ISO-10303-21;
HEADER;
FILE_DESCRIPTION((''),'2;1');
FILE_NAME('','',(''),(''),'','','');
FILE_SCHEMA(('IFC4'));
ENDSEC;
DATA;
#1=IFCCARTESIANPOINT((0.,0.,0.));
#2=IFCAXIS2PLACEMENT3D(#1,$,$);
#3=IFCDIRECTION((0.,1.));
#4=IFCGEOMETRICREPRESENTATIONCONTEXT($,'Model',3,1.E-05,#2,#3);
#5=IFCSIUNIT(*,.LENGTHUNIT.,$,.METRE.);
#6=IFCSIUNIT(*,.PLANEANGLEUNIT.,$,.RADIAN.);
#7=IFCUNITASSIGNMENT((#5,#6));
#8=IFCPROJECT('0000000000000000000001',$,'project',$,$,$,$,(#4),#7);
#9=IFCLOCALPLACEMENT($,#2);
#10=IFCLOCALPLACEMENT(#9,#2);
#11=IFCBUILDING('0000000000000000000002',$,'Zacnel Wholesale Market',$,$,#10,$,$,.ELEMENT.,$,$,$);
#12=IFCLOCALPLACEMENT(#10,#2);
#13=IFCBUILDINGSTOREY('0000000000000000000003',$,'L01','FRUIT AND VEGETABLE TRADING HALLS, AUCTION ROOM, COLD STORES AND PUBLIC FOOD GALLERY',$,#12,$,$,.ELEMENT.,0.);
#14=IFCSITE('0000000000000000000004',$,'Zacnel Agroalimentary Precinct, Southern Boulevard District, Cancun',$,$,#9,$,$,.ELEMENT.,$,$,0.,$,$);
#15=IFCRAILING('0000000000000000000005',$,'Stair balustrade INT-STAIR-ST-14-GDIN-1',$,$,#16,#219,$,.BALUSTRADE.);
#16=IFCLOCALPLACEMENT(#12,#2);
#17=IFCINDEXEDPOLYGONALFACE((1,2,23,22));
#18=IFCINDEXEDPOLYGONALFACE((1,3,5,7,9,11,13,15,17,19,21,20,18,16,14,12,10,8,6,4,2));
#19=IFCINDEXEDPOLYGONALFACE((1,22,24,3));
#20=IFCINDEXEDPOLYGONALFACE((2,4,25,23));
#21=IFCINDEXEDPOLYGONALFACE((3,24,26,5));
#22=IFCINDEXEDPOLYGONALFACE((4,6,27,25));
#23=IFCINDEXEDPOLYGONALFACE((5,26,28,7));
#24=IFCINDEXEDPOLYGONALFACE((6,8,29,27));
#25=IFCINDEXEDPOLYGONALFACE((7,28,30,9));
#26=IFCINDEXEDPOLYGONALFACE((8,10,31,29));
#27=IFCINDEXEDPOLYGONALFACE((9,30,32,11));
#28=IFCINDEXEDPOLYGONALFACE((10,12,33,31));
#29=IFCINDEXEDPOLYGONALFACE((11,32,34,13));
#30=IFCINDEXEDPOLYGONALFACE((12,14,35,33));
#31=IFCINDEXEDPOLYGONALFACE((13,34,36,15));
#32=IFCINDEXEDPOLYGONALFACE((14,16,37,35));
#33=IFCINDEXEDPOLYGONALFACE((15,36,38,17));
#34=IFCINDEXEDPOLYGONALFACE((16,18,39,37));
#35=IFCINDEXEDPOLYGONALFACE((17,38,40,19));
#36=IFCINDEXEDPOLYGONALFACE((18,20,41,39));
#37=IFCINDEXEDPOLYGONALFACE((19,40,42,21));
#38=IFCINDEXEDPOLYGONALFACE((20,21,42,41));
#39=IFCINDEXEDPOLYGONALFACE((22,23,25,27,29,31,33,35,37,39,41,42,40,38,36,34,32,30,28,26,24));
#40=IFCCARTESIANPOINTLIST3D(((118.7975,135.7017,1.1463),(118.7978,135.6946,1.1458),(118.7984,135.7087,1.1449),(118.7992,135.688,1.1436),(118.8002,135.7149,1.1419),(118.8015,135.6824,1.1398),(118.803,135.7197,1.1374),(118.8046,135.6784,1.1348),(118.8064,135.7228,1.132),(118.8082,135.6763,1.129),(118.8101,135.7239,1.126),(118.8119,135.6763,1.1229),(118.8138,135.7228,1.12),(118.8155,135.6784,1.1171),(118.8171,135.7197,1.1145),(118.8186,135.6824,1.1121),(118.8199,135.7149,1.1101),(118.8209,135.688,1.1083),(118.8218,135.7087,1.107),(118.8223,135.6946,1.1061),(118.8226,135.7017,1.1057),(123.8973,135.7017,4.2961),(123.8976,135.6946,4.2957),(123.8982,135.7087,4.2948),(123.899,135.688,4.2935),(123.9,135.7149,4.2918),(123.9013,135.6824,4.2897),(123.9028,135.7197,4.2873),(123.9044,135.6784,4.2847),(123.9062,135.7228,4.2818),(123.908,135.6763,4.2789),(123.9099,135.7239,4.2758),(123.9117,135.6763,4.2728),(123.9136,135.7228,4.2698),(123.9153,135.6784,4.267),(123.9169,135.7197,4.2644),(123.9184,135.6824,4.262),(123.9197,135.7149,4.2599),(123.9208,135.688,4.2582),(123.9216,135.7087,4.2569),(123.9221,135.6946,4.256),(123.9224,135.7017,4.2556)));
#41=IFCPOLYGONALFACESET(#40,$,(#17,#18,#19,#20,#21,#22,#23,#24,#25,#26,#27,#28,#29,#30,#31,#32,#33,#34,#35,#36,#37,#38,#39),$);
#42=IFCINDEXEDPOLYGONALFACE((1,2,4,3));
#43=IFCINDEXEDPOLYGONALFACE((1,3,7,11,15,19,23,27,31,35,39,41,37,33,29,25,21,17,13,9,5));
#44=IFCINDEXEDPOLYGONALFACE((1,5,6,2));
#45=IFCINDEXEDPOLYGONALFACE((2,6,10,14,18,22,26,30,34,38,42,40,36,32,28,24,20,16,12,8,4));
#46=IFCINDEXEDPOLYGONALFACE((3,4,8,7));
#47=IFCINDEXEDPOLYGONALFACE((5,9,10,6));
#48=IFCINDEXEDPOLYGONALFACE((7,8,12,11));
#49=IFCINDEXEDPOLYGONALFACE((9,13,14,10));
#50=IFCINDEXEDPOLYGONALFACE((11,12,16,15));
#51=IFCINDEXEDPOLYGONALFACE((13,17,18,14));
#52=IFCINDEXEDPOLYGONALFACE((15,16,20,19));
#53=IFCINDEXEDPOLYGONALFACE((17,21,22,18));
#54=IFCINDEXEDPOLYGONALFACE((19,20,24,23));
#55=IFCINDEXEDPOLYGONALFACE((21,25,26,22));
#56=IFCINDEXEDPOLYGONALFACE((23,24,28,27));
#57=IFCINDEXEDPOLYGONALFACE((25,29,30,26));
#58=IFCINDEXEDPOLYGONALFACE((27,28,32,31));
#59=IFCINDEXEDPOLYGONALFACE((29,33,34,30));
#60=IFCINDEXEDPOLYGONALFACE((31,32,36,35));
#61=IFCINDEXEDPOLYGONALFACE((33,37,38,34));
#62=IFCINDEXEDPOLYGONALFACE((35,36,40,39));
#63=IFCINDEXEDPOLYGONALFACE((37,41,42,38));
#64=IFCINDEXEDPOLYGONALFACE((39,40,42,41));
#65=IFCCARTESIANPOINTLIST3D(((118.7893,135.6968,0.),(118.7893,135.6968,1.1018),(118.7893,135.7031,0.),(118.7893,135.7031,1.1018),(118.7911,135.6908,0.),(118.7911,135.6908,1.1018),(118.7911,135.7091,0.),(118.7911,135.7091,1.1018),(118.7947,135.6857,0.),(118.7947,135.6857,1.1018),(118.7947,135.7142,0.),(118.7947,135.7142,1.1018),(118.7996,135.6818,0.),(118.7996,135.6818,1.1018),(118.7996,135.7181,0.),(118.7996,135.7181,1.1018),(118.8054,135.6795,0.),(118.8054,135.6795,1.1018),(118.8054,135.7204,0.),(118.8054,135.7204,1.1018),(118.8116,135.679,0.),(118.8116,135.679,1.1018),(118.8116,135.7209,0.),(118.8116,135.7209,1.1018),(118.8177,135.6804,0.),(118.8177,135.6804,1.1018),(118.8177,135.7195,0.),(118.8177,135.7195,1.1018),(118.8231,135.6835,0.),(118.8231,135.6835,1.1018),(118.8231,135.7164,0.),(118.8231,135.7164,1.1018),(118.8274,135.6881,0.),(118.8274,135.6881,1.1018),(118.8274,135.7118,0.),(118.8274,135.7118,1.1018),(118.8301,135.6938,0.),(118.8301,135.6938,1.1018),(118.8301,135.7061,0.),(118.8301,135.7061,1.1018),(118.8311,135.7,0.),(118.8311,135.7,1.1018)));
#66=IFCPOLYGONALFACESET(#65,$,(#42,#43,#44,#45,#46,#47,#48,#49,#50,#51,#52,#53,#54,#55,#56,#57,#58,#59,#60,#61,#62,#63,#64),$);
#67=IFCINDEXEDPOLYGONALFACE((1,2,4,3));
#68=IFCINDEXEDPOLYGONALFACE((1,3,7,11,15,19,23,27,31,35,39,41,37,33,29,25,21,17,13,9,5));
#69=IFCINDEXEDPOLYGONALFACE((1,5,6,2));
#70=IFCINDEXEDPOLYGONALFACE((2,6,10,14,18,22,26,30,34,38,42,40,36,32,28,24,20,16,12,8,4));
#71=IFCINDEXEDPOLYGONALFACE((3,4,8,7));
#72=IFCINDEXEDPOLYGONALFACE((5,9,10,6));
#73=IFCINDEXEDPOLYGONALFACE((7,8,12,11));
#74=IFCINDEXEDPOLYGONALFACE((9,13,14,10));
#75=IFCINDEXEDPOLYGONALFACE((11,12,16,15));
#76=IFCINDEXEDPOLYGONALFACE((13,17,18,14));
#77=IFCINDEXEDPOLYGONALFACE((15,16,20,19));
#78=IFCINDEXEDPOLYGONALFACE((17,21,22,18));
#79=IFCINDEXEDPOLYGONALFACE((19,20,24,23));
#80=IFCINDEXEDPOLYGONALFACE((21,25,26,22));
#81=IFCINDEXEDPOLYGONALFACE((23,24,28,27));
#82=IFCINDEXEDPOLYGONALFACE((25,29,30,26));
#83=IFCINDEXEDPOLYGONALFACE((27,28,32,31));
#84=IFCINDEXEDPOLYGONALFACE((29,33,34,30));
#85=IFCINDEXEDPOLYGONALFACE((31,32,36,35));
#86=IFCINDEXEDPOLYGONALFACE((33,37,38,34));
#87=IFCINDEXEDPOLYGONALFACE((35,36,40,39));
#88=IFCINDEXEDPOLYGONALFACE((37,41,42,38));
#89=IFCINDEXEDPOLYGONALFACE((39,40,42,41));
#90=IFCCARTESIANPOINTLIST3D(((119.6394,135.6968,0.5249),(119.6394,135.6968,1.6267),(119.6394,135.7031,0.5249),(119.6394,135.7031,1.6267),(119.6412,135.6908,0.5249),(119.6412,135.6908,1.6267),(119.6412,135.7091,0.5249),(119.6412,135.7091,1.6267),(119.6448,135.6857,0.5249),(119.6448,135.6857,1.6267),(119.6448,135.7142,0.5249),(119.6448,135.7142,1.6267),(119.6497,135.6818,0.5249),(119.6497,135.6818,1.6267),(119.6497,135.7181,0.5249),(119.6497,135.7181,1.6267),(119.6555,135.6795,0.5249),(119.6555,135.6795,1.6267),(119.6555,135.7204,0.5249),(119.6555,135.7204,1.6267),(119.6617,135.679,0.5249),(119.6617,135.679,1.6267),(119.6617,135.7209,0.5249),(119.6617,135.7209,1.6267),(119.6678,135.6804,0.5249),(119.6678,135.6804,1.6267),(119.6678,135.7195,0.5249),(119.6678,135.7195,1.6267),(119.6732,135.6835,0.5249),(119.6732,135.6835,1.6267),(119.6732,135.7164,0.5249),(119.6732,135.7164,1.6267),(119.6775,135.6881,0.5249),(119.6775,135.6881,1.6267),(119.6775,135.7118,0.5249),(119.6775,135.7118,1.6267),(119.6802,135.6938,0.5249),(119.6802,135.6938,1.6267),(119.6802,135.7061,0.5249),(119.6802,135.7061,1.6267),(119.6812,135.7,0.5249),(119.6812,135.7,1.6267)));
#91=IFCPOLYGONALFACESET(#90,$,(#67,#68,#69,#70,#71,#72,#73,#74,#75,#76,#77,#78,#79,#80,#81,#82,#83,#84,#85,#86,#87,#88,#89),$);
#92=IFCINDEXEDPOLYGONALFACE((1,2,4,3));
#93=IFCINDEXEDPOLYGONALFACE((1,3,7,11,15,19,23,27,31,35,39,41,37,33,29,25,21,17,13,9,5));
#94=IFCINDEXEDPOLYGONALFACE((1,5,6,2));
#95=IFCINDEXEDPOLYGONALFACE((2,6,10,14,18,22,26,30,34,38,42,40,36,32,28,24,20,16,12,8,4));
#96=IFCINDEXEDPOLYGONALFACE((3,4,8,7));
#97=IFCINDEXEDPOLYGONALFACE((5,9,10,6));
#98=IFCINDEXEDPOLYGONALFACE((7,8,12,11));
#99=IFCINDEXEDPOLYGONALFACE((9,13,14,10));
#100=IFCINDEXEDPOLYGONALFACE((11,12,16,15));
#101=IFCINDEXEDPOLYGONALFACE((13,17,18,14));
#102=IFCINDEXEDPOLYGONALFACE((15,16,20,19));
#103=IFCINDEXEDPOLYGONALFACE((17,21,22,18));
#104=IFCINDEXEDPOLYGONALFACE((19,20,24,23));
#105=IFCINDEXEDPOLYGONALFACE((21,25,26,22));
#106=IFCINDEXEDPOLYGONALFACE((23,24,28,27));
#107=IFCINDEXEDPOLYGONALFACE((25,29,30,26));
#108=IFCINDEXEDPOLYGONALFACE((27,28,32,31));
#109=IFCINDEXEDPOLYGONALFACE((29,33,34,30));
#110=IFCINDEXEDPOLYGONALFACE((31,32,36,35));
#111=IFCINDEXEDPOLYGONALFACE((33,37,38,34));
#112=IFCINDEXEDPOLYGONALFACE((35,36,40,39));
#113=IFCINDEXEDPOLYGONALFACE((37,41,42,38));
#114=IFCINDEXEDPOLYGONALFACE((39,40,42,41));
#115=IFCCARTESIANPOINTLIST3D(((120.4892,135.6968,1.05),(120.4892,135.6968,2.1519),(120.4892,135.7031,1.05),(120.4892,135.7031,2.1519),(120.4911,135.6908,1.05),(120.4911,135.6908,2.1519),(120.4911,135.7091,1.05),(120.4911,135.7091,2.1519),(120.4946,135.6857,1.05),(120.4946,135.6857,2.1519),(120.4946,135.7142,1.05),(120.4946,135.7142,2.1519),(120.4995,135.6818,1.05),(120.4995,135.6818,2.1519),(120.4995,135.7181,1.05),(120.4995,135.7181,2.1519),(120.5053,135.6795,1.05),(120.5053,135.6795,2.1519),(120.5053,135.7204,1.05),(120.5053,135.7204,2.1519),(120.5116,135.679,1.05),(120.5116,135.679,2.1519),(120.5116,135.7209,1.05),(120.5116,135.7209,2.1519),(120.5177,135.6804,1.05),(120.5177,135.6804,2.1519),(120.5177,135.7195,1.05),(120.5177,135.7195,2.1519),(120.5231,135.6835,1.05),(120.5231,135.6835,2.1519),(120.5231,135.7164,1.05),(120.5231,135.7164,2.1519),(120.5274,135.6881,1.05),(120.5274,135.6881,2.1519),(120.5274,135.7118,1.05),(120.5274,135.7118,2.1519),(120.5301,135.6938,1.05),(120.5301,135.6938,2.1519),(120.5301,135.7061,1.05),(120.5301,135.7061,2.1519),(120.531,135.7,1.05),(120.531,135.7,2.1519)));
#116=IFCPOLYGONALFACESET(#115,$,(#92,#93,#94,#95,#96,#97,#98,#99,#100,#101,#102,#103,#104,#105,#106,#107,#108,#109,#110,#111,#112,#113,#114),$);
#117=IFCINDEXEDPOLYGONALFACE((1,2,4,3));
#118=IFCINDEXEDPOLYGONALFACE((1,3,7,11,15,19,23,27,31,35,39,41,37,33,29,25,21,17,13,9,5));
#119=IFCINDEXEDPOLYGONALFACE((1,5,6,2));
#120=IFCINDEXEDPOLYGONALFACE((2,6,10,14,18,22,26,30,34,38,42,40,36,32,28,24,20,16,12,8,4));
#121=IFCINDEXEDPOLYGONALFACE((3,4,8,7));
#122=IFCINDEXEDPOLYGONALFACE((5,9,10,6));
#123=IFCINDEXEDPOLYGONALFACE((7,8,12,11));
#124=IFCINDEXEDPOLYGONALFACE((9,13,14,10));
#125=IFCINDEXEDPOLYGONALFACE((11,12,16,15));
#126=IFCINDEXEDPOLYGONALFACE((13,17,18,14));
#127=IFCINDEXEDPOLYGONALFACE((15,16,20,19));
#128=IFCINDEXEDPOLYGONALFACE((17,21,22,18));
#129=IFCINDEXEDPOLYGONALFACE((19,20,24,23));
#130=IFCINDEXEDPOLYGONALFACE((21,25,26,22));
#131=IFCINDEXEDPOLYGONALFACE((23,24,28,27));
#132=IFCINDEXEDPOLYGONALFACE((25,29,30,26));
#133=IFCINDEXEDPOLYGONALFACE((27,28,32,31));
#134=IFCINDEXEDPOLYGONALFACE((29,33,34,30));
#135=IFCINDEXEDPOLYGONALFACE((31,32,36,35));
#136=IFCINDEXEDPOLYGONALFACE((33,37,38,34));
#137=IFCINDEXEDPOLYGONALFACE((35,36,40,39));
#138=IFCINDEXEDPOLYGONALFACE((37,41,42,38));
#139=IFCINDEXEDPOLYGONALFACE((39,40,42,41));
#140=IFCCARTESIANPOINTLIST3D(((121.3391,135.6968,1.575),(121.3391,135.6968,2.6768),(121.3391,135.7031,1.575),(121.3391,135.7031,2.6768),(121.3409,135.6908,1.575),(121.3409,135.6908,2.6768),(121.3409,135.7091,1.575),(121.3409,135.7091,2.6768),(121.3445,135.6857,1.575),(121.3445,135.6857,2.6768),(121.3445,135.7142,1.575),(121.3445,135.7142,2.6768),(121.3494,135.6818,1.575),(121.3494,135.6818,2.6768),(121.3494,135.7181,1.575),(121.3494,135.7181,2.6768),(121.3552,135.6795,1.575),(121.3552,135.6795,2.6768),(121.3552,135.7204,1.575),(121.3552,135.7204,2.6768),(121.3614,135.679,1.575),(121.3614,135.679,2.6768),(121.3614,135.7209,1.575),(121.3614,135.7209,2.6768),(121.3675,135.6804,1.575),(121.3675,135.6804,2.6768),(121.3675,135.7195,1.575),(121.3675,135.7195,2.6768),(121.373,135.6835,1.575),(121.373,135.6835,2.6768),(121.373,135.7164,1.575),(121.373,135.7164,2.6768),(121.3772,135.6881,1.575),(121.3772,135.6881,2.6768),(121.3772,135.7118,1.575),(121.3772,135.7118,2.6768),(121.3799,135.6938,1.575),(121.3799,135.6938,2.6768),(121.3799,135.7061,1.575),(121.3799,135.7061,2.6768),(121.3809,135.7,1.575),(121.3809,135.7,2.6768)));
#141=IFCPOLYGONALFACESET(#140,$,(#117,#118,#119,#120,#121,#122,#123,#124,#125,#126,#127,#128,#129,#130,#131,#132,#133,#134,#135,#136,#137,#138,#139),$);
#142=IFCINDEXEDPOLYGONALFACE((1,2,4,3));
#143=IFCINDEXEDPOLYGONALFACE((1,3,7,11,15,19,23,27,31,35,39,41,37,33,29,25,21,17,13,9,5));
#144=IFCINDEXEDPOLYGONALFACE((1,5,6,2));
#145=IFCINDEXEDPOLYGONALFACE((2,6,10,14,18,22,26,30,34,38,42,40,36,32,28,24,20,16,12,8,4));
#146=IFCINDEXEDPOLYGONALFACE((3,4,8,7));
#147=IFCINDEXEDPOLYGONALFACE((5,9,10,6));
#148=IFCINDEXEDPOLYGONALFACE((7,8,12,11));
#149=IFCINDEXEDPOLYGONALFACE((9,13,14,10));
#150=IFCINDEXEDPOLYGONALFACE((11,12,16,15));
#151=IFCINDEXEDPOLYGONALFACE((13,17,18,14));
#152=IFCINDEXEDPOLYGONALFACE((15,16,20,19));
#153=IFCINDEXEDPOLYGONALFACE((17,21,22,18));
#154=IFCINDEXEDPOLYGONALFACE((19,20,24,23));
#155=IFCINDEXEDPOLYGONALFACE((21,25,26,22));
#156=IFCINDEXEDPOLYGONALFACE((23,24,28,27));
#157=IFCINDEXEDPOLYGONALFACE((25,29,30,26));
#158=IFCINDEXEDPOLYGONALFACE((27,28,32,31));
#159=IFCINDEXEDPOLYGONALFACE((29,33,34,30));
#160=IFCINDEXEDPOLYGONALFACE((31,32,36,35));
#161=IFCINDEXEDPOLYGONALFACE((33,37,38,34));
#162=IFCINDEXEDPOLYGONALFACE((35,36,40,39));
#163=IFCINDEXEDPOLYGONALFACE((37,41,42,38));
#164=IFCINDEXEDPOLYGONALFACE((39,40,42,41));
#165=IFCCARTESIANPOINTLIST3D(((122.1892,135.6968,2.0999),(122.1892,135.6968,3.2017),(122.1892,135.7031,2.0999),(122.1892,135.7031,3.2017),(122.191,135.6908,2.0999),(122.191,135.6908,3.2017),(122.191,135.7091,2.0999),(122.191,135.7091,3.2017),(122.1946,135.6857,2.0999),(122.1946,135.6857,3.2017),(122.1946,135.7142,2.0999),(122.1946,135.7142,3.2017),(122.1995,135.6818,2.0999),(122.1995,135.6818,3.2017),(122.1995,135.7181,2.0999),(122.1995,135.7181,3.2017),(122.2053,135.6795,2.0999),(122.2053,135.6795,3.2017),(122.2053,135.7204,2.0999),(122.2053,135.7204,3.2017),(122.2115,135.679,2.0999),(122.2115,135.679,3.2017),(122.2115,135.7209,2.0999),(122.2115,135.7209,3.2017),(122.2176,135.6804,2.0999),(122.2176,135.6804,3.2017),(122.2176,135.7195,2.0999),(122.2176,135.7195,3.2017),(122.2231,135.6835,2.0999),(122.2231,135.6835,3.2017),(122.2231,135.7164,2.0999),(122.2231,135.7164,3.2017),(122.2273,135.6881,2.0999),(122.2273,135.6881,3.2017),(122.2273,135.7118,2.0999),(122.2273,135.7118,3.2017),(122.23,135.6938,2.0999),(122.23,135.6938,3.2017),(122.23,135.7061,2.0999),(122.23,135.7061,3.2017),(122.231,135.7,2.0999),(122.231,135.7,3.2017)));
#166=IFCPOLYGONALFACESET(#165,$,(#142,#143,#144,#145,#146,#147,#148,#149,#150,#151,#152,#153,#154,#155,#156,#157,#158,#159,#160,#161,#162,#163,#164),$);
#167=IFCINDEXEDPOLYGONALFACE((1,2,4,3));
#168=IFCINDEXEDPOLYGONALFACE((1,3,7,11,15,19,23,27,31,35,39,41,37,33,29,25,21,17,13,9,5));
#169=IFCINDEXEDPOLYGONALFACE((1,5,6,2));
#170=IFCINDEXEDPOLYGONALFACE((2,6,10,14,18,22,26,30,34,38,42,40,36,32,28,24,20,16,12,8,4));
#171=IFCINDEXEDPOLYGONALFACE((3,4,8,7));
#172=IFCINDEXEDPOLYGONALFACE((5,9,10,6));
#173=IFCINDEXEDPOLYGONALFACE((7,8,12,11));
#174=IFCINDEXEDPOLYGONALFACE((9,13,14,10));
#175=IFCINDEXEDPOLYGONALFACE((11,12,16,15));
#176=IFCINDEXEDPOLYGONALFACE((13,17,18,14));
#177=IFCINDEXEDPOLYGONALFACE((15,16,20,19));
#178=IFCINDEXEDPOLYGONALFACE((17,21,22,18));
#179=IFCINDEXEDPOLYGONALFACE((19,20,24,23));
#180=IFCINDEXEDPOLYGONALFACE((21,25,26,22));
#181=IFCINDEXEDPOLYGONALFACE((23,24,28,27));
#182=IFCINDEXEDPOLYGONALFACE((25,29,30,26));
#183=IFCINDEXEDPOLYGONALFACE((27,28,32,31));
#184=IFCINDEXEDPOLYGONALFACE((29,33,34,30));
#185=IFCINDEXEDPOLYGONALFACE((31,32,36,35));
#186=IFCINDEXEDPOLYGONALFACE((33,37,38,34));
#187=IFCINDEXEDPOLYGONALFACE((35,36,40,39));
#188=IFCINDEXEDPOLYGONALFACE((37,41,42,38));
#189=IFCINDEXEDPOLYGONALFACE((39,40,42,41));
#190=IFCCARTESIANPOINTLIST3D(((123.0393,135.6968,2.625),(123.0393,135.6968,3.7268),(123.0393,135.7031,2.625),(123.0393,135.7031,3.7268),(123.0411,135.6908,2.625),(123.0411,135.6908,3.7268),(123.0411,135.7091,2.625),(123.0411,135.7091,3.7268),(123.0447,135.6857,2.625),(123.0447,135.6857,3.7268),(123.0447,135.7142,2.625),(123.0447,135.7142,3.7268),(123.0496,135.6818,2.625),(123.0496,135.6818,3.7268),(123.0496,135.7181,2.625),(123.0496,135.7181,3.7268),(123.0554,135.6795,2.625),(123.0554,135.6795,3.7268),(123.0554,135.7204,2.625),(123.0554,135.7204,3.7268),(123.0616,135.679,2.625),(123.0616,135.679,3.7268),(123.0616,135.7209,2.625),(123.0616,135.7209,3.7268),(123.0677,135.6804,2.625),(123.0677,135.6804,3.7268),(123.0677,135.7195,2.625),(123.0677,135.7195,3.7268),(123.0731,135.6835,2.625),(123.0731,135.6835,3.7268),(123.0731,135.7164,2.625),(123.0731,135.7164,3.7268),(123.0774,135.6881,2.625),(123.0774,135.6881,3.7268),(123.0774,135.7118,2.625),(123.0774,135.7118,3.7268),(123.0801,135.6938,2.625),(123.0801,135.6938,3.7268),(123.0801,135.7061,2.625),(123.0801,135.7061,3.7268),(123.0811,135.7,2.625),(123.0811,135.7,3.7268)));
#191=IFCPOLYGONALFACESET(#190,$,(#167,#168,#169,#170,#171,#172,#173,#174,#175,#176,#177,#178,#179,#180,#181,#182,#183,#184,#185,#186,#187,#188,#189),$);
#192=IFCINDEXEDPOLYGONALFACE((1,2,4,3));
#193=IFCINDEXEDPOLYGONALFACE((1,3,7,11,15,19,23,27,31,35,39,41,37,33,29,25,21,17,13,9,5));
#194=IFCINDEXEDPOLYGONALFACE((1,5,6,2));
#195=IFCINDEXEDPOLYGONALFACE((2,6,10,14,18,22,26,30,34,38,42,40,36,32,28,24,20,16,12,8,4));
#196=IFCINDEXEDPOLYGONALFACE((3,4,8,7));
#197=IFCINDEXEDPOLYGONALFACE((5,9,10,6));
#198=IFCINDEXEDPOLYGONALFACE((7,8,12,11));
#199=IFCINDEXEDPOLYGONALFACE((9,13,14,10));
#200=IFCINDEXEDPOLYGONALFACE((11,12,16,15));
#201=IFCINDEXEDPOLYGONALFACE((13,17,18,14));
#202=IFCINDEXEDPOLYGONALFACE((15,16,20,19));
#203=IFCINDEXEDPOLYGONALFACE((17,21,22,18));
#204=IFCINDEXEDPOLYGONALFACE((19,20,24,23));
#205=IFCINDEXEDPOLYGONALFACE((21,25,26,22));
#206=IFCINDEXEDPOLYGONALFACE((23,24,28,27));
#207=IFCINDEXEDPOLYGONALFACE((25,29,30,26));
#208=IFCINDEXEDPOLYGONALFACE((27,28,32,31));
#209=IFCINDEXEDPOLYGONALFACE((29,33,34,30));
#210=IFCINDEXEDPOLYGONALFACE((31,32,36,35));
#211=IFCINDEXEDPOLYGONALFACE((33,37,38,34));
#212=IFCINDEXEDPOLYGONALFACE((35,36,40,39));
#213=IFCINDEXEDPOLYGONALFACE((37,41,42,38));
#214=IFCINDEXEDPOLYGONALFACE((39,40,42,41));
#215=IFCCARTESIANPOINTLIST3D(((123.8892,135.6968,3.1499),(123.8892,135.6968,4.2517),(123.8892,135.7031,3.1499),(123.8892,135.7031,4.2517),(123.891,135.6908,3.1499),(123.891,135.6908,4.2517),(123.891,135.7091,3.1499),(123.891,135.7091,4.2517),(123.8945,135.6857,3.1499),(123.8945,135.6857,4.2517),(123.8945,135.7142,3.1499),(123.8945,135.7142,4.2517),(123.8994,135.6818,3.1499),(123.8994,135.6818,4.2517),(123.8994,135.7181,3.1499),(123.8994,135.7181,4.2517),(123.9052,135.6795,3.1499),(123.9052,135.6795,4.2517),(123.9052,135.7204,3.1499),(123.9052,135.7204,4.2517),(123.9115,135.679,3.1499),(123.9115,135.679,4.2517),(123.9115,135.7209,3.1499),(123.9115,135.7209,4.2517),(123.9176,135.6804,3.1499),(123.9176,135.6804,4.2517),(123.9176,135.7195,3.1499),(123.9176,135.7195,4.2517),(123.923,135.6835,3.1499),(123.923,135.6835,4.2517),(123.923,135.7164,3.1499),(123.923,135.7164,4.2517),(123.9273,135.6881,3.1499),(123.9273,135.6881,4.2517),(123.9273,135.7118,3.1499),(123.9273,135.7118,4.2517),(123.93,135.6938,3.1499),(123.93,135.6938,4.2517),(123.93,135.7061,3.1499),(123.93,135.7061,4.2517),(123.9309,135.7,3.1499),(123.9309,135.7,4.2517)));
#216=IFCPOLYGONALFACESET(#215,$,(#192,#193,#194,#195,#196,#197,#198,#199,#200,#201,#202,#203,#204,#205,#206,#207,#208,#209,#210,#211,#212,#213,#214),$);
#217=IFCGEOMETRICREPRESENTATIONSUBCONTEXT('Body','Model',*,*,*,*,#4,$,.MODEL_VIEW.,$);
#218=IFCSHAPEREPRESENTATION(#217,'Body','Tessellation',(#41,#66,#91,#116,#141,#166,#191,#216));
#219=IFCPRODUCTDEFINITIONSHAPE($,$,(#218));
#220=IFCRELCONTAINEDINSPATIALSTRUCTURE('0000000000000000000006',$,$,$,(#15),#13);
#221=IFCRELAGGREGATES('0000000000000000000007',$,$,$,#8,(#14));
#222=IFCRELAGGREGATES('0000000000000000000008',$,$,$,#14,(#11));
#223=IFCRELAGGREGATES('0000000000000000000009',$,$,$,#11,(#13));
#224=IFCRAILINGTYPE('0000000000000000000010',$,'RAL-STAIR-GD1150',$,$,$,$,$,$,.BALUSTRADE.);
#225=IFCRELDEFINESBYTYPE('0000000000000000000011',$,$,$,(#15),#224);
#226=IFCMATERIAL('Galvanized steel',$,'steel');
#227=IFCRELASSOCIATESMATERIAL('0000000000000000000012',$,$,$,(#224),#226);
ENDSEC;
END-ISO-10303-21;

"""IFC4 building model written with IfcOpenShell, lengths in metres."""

from ifc_helpers import new_model, si_unit, direction, frame, origin, origin_2d, place, context, subcontext, project, spatial, circle, extrude, material, type_object, element, save


model = new_model("IFC4")

# Units and contexts
model_context = context("Model", 3, precision=1e-05, world=origin(), true_north=direction((0.0, 1.0)))
body_context = subcontext(model_context, "Body", "Model", "MODEL_VIEW")
ifc_project = project(units=[si_unit("LENGTHUNIT", "METRE"), si_unit("PLANEANGLEUNIT", "RADIAN")], contexts=[model_context])

# Site, building, storey
site_placement = place(None, origin())
site = spatial("IfcSite", under=ifc_project, at=site_placement, Name="Zacnel Agroalimentary Precinct, Southern Boulevard District, Cancun", CompositionType="ELEMENT", RefElevation=0.0)
building_placement = place(site_placement, origin())
building = spatial("IfcBuilding", under=site, at=building_placement, Name="Zacnel Wholesale Market", CompositionType="ELEMENT")
storey_placement = place(building_placement, origin())
storey = spatial("IfcBuildingStorey", under=building, at=storey_placement, Name="L01", Description="FRUIT AND VEGETABLE TRADING HALLS, AUCTION ROOM, COLD STORES AND PUBLIC FOOD GALLERY", CompositionType="ELEMENT", Elevation=0.0)

# Railing
ifc_material_1 = material(Name="Galvanized steel", Category="steel")
railing_type_1 = type_object("IfcRailingType", Name="RAL-STAIR-GD1150", PredefinedType="BALUSTRADE", material=ifc_material_1)
railing_1_placement = place(storey_placement, frame((118.8101, 135.7, 0.0)))
element("IfcRailing", 1, at=railing_1_placement, inside=storey, type_object=railing_type_1, Name="Stair balustrade INT-STAIR-ST-14-GDIN-1", PredefinedType="BALUSTRADE", context=body_context, shape_type="SweptSolid", body=[
    extrude(circle(Radius=0.0239, at=origin_2d()), frame((0.0, 0.0, 1.126), z_axis=(0.850799, 0.0, 0.525492), x_axis=(0.0, 1.0, 0.0)), (0.0, 0.0, 1.0), 5.9941),
    extrude(circle(Radius=0.021, at=origin_2d()), origin(), (0.0, 0.0, 1.0), 1.1018),
    extrude(circle(Radius=0.021, at=origin_2d()), frame((0.8501, 0.0, 0.5249)), (0.0, 0.0, 1.0), 1.1018),
    extrude(circle(Radius=0.021, at=origin_2d()), frame((1.7, 0.0, 1.05)), (0.0, 0.0, 1.0), 1.1018),
    extrude(circle(Radius=0.021, at=origin_2d()), frame((2.5498, 0.0, 1.575)), (0.0, 0.0, 1.0), 1.1018),
    extrude(circle(Radius=0.021, at=origin_2d()), frame((3.3999, 0.0, 2.0999)), (0.0, 0.0, 1.0), 1.1018),
    extrude(circle(Radius=0.021, at=origin_2d()), frame((4.25, 0.0, 2.625)), (0.0, 0.0, 1.0), 1.1018),
    extrude(circle(Radius=0.021, at=origin_2d()), frame((5.0999, 0.0, 3.1499)), (0.0, 0.0, 1.0), 1.1018),
])

save(model, "model.ifc")
